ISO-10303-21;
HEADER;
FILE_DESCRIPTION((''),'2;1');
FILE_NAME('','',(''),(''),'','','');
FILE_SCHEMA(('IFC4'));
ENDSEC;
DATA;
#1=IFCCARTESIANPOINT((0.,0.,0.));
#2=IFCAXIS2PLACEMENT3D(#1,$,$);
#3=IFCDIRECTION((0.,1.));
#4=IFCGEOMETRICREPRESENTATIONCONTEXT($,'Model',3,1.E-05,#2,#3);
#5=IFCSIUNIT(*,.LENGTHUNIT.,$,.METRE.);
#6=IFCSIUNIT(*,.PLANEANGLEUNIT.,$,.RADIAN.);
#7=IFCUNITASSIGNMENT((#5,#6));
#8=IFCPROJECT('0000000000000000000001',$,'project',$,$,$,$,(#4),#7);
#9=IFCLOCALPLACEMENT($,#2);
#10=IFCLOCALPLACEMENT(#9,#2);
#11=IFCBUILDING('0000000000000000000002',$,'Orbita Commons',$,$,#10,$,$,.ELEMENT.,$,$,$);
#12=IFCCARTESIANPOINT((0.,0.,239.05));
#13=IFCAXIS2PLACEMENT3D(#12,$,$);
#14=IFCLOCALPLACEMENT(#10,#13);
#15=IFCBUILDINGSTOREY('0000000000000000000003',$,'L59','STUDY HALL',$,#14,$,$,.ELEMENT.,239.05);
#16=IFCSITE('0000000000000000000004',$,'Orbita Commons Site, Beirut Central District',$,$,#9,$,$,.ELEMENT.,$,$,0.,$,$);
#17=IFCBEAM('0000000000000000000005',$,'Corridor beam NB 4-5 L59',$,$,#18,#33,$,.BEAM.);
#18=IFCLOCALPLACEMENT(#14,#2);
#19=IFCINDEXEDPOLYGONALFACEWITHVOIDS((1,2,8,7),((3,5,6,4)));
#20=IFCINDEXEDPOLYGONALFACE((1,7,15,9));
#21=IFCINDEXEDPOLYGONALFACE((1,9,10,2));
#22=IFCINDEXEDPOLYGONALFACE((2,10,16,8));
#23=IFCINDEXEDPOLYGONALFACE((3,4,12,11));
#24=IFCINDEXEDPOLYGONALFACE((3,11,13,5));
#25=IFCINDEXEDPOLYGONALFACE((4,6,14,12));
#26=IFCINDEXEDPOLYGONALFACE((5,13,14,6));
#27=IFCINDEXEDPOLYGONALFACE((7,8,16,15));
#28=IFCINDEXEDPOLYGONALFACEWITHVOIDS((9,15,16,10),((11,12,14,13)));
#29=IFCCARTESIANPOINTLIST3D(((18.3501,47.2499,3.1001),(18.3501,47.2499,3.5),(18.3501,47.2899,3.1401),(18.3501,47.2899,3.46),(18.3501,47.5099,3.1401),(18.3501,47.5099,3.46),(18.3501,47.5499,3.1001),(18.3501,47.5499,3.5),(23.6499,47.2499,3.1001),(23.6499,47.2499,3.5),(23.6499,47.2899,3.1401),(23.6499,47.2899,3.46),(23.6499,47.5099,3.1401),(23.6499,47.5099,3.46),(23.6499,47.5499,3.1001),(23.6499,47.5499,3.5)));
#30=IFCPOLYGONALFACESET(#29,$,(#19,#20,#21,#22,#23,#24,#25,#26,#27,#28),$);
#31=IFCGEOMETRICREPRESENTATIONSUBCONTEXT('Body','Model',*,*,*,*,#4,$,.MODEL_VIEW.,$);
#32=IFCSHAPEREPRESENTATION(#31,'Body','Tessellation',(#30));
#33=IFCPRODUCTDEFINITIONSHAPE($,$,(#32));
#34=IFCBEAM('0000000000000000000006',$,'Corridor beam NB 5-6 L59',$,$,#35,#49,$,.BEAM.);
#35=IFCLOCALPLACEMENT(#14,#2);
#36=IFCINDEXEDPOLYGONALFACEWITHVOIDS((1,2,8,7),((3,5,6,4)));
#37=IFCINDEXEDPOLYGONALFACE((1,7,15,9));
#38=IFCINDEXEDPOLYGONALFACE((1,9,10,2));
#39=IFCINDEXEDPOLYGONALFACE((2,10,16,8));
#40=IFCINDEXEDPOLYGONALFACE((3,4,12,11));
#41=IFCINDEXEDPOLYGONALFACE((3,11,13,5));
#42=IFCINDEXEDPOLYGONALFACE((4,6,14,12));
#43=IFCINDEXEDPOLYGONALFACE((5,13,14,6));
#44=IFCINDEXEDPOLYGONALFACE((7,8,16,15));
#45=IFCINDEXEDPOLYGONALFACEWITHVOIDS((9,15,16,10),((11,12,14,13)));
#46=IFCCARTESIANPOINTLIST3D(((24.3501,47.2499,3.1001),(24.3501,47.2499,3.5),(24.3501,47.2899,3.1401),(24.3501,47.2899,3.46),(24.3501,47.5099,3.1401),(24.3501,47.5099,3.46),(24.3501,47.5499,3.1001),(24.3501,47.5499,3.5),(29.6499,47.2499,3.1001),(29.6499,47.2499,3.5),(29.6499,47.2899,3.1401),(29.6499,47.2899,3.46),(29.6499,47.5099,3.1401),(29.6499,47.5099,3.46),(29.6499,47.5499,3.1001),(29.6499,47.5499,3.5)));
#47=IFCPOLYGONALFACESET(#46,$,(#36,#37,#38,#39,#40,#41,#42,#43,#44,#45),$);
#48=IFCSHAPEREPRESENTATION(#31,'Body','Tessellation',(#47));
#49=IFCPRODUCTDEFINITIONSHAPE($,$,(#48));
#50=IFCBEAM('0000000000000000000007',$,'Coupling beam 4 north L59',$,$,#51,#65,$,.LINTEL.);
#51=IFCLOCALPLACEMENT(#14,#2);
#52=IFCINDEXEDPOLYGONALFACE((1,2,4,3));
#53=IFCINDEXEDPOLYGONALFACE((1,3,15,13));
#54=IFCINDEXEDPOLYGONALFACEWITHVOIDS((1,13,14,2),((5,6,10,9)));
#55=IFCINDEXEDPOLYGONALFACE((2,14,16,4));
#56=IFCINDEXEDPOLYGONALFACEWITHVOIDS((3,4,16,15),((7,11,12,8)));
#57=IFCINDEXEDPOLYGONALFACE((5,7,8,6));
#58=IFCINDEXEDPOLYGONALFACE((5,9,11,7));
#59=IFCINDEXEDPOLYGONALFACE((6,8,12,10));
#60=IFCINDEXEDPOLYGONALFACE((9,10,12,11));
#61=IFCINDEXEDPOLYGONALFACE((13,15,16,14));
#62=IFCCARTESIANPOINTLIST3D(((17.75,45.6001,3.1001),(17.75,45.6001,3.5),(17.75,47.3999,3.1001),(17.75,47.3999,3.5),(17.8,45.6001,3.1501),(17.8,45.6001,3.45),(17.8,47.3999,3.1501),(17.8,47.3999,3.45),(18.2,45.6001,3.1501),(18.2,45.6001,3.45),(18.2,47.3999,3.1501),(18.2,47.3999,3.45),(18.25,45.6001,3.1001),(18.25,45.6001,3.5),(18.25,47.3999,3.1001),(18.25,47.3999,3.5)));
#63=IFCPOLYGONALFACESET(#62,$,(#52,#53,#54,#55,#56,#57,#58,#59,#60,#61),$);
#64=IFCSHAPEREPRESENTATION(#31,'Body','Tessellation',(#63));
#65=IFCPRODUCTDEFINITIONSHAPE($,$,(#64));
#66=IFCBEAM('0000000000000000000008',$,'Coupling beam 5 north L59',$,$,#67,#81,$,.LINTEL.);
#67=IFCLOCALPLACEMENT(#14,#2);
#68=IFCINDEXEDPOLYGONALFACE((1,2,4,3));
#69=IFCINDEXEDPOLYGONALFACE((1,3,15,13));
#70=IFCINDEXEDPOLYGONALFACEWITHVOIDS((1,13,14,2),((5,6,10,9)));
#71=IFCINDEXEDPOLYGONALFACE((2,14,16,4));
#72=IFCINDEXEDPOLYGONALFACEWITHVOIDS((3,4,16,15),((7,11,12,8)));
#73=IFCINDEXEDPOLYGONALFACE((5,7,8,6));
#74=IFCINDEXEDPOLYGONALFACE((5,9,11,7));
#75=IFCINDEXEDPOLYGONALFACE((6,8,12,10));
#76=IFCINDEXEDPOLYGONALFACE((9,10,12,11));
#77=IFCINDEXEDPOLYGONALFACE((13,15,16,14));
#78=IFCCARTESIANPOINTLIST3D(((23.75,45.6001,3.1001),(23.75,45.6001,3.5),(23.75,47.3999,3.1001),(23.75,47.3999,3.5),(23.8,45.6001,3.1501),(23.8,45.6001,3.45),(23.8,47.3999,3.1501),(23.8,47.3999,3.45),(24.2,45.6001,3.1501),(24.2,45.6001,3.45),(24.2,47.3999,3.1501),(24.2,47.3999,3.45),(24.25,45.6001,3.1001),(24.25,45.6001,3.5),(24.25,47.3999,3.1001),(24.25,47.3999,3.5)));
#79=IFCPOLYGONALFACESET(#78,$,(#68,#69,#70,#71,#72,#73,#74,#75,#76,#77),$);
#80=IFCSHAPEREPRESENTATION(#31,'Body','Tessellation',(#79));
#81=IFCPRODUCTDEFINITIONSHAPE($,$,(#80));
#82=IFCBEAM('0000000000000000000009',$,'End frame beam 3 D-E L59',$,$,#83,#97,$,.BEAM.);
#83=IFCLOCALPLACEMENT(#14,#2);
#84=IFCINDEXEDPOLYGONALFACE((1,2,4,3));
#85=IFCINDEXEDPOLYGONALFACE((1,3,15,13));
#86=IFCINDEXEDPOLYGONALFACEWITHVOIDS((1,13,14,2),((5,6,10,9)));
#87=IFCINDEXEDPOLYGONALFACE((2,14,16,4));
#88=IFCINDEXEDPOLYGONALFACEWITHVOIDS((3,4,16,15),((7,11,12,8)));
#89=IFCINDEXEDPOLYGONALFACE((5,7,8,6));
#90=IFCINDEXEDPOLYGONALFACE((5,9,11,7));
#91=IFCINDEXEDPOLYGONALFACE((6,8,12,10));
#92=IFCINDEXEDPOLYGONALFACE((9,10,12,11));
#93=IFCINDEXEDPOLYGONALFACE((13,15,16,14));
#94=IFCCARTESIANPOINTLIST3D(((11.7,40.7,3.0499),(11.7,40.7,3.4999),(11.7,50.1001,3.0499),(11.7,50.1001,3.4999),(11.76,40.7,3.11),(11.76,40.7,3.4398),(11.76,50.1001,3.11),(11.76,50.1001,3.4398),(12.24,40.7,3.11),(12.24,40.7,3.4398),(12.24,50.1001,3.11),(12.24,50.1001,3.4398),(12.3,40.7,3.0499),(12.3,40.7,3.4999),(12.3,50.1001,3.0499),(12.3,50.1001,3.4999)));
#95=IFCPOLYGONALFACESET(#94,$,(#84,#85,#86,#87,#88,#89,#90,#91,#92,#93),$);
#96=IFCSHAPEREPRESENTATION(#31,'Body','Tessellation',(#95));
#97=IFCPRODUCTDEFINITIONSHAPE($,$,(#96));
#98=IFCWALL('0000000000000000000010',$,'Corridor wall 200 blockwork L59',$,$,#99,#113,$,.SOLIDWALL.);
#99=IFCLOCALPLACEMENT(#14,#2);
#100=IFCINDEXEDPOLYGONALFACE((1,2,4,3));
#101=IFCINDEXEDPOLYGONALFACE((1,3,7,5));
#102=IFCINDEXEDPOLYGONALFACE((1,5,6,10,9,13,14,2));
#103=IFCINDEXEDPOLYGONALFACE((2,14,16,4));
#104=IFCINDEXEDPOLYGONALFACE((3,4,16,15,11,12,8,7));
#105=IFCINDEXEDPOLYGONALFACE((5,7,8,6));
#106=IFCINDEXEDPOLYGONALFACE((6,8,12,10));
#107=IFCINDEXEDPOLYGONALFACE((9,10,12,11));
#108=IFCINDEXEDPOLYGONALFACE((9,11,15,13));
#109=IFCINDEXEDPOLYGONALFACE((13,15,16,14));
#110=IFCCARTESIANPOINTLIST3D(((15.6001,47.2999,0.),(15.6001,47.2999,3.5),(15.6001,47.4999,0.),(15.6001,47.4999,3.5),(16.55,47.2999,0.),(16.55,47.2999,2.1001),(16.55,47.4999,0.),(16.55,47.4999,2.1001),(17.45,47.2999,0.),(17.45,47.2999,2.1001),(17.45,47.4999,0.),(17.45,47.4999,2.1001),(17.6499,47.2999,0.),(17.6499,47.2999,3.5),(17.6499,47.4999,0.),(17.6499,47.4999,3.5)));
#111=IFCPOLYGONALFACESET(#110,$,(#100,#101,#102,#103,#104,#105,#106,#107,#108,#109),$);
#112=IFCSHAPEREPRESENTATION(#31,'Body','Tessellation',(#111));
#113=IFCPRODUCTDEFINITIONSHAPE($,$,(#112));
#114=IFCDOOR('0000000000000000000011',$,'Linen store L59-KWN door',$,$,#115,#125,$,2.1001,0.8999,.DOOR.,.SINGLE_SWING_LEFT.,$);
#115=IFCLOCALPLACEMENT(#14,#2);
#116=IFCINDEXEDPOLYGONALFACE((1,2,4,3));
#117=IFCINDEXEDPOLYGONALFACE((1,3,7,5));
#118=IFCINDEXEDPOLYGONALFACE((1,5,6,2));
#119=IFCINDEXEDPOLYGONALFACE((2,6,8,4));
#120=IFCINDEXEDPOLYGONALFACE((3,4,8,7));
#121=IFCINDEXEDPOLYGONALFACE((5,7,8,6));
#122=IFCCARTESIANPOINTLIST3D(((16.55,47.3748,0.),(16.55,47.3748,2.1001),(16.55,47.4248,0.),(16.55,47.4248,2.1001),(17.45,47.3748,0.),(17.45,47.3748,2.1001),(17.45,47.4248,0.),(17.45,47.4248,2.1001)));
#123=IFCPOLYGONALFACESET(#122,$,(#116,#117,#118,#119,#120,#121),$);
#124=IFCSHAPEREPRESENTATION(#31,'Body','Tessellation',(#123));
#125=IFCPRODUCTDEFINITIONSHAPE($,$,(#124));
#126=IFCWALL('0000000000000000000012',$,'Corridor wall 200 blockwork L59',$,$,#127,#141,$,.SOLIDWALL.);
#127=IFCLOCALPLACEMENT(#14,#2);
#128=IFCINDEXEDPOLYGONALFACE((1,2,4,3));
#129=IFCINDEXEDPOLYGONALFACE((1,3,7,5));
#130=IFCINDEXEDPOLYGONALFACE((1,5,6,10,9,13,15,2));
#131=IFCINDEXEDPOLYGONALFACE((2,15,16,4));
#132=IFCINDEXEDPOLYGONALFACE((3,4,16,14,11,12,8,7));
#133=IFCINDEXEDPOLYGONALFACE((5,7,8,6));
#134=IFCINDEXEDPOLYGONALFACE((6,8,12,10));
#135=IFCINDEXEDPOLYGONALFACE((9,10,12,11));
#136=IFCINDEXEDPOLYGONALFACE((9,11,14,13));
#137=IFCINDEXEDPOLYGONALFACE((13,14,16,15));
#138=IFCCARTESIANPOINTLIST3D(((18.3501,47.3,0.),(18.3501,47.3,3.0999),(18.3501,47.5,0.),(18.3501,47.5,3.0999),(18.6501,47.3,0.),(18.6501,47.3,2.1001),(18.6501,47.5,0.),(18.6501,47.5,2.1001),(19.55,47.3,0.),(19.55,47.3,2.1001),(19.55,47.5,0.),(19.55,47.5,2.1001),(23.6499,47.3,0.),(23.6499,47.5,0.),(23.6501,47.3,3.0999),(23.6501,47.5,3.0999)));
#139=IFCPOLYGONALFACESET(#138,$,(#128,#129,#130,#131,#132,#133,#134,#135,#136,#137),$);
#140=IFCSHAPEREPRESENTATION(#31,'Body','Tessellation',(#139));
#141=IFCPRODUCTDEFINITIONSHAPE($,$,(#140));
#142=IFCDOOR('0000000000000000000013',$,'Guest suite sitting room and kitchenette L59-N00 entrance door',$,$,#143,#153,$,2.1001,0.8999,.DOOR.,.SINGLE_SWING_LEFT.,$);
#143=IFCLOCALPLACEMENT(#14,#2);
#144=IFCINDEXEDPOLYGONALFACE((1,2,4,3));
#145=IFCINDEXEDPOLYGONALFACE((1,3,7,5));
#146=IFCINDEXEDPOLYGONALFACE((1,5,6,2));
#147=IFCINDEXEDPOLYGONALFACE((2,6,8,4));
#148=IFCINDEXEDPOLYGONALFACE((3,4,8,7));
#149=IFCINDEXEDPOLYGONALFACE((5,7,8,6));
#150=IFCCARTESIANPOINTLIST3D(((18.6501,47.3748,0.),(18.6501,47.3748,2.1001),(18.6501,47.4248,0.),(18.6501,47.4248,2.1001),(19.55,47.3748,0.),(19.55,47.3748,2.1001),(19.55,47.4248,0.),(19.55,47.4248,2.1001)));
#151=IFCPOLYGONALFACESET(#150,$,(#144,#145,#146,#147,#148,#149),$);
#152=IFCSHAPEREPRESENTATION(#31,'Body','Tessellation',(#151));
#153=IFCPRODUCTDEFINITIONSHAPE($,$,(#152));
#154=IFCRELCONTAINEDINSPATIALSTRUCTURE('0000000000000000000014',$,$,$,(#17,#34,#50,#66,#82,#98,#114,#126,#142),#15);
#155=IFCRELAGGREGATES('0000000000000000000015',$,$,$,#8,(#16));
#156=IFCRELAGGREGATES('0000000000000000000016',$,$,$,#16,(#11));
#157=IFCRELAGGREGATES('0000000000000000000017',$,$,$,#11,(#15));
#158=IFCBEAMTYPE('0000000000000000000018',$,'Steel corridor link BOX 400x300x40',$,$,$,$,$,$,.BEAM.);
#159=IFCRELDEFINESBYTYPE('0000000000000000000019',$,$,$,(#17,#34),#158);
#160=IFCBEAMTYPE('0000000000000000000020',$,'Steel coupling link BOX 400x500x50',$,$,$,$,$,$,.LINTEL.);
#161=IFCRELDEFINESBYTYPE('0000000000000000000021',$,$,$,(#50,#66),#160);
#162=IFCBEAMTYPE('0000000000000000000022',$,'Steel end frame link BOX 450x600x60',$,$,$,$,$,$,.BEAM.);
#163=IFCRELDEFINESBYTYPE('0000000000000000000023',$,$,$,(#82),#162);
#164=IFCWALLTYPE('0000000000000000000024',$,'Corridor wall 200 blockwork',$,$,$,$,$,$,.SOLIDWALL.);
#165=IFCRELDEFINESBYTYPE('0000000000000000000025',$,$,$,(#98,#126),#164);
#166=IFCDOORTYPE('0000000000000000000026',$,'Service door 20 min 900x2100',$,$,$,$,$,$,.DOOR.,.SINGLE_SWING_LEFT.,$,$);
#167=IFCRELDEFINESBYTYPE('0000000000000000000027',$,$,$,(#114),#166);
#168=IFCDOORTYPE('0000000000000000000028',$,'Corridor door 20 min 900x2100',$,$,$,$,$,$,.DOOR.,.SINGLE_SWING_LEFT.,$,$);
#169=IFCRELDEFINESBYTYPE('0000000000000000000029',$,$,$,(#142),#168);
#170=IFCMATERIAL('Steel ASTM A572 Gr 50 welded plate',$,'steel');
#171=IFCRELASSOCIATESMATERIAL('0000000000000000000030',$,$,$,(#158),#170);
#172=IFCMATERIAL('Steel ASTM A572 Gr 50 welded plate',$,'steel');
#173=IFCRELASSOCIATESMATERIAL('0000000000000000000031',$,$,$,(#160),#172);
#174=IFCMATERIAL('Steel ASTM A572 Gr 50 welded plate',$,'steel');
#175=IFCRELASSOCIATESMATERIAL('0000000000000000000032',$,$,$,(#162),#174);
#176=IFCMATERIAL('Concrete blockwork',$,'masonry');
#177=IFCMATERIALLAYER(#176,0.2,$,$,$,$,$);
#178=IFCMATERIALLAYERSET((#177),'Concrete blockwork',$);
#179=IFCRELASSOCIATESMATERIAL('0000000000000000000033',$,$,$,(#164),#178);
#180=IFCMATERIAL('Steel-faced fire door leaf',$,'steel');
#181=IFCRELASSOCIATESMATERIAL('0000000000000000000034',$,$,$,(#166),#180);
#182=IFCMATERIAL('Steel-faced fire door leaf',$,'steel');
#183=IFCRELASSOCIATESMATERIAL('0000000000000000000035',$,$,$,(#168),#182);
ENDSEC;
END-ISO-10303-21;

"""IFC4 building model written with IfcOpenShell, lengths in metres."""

from ifc_helpers import new_model, si_unit, direction, frame, frame_2d, origin, origin_2d, place, context, subcontext, project, spatial, polyline, rectangle, hollow_rectangle, outline, extrude, material, layer, layer_set, material_profile, profile_set, type_object, element, fill, save


model = new_model("IFC4")

# Units and contexts
model_context = context("Model", 3, precision=1e-05, world=origin(), true_north=direction((0.0, 1.0)))
body_context = subcontext(model_context, "Body", "Model", "MODEL_VIEW")
ifc_project = project(units=[si_unit("LENGTHUNIT", "METRE"), si_unit("PLANEANGLEUNIT", "RADIAN")], contexts=[model_context])

# Site, building, storey
site_placement = place(None, origin())
site = spatial("IfcSite", under=ifc_project, at=site_placement, Name="Orbita Commons Site, Beirut Central District", CompositionType="ELEMENT", RefElevation=0.0)
building_placement = place(site_placement, origin())
building = spatial("IfcBuilding", under=site, at=building_placement, Name="Orbita Commons", CompositionType="ELEMENT")
storey_placement = place(building_placement, frame((0.0, 0.0, 239.05)))
storey = spatial("IfcBuildingStorey", under=building, at=storey_placement, Name="L59", Description="STUDY HALL", CompositionType="ELEMENT", Elevation=239.05)

# Beams
ifc_material_1 = material(Name="Steel ASTM A572 Gr 50 welded plate", Category="steel")
ifc_material_profile_1 = material_profile(ifc_material_1, hollow_rectangle(XDim=0.3, YDim=0.3999, WallThickness=0.04, at=origin_2d()), Name="BOX 400x300x40")
ifc_profile_set_1 = profile_set([ifc_material_profile_1], Name="Steel ASTM A572 Gr 50 welded plate")
beam_type_1 = type_object("IfcBeamType", Name="Steel corridor link BOX 400x300x40", PredefinedType="BEAM", material=ifc_profile_set_1)
for number, where, z_axis, x_axis, name in (
    (1, (18.3501, 47.3999, 3.3), (1.0, 0.0, 0.0), (0.0, 1.0, 0.0), "Corridor beam NB 4-5 L59"),
    (2, (24.3501, 47.3999, 3.3), (1.0, 0.0, 0.0), (0.0, 1.0, 0.0), "Corridor beam NB 5-6 L59"),
):
    element("IfcBeam", number, at=place(storey_placement, frame(where, z_axis=z_axis, x_axis=x_axis)), inside=storey, type_object=beam_type_1, Name=name, PredefinedType="BEAM", context=body_context, shape_type="SweptSolid", body=[
        extrude(hollow_rectangle(XDim=0.3, YDim=0.3999, WallThickness=0.04, at=origin_2d()), origin(), (0.0, 0.0, 1.0), 5.2998),
    ])
ifc_material_2 = material(Name="Steel ASTM A572 Gr 50 welded plate", Category="steel")
ifc_material_profile_2 = material_profile(ifc_material_2, hollow_rectangle(XDim=0.5, YDim=0.3999, WallThickness=0.05, at=origin_2d()), Name="BOX 400x500x50")
ifc_profile_set_2 = profile_set([ifc_material_profile_2], Name="Steel ASTM A572 Gr 50 welded plate")
beam_type_2 = type_object("IfcBeamType", Name="Steel coupling link BOX 400x500x50", PredefinedType="LINTEL", material=ifc_profile_set_2)
for number, where, z_axis, x_axis, name in (
    (3, (18.0, 45.6001, 3.3), (0.0, 1.0, 0.0), (-1.0, 0.0, 0.0), "Coupling beam 4 north L59"),
    (4, (24.0, 45.6001, 3.3), (0.0, 1.0, 0.0), (-1.0, 0.0, 0.0), "Coupling beam 5 north L59"),
):
    element("IfcBeam", number, at=place(storey_placement, frame(where, z_axis=z_axis, x_axis=x_axis)), inside=storey, type_object=beam_type_2, Name=name, PredefinedType="LINTEL", context=body_context, shape_type="SweptSolid", body=[
        extrude(hollow_rectangle(XDim=0.5, YDim=0.3999, WallThickness=0.05, at=origin_2d()), origin(), (0.0, 0.0, 1.0), 1.7998),
    ])
ifc_material_3 = material(Name="Steel ASTM A572 Gr 50 welded plate", Category="steel")
ifc_material_profile_3 = material_profile(ifc_material_3, hollow_rectangle(XDim=0.6001, YDim=0.45, WallThickness=0.0601, at=origin_2d()), Name="BOX 450x600x60")
ifc_profile_set_3 = profile_set([ifc_material_profile_3], Name="Steel ASTM A572 Gr 50 welded plate")
beam_type_3 = type_object("IfcBeamType", Name="Steel end frame link BOX 450x600x60", PredefinedType="BEAM", material=ifc_profile_set_3)
beam_placement = place(storey_placement, frame((12.0, 40.7, 3.2749), z_axis=(0.0, 1.0, 0.0), x_axis=(-1.0, 0.0, 0.0)))
element("IfcBeam", 5, at=beam_placement, inside=storey, type_object=beam_type_3, Name="End frame beam 3 D-E L59", PredefinedType="BEAM", context=body_context, shape_type="SweptSolid", body=[
    extrude(hollow_rectangle(XDim=0.6001, YDim=0.45, WallThickness=0.0601, at=origin_2d()), origin(), (0.0, 0.0, 1.0), 9.4001),
])

# Walls, openings, doors
ifc_material_4 = material(Name="Concrete blockwork", Category="masonry")
ifc_layer_1 = layer(ifc_material_4, 0.2)
ifc_layer_set_1 = layer_set([ifc_layer_1], Name="Concrete blockwork")
wall_type_1 = type_object("IfcWallType", Name="Corridor wall 200 blockwork", PredefinedType="SOLIDWALL", material=ifc_layer_set_1)
wall_1_placement = place(storey_placement, frame((15.6001, 47.3999, 0.0), z_axis=(0.0, 0.0, 1.0), x_axis=(1.0, 0.0, 0.0)))
wall_1 = element("IfcWall", 6, at=wall_1_placement, inside=storey, type_object=wall_type_1, Name="Corridor wall 200 blockwork L59", PredefinedType="SOLIDWALL", context=body_context, shape_type="SweptSolid", body=[
    extrude(rectangle(XDim=2.0498, YDim=0.2, at=frame_2d((1.0249, 0.0))), origin(), (0.0, 0.0, 1.0), 3.5),
])
opening_1_placement = place(wall_1_placement, frame((0.95, 0.0, 0.0)))
opening_1 = element("IfcOpeningElement", 7, at=opening_1_placement, cuts=wall_1, PredefinedType="OPENING", context=body_context, shape_type="SweptSolid", body=[
    extrude(rectangle(XDim=0.8999, YDim=2.1001, at=frame_2d((0.45, 1.05))), frame((0.0, 0.1099, 0.0), z_axis=(0.0, -1.0, 0.0), x_axis=(1.0, 0.0, 0.0)), (0.0, 0.0, 1.0), 0.22),
])
ifc_material_5 = material(Name="Steel-faced fire door leaf", Category="steel")
door_type_1 = type_object("IfcDoorType", Name="Service door 20 min 900x2100", OperationType="SINGLE_SWING_LEFT", PredefinedType="DOOR", material=ifc_material_5)
door_1_placement = place(opening_1_placement, origin())
door_1 = element("IfcDoor", 8, at=door_1_placement, inside=storey, type_object=door_type_1, Name="Linen store L59-KWN door", OperationType="SINGLE_SWING_LEFT", OverallHeight=2.1001, OverallWidth=0.8999, PredefinedType="DOOR", context=body_context, shape_type="SweptSolid", body=[
    extrude(rectangle(XDim=0.8999, YDim=2.1001, at=frame_2d((0.45, 1.05))), frame((0.0, 0.0249, 0.0), z_axis=(0.0, -1.0, 0.0), x_axis=(1.0, 0.0, 0.0)), (0.0, 0.0, 1.0), 0.05),
])
fill(opening_1, door_1)
wall_2_placement = place(storey_placement, frame((18.3501, 47.3999, 0.0), z_axis=(0.0, 0.0, 1.0), x_axis=(1.0, 0.0, 0.0)))
wall_2 = element("IfcWall", 9, at=wall_2_placement, inside=storey, type_object=wall_type_1, Name="Corridor wall 200 blockwork L59", PredefinedType="SOLIDWALL", context=body_context, shape_type="SweptSolid", body=[
    extrude(outline(polyline([(0.0, 0.0), (5.2998, 0.0), (5.3, 3.0999), (0.0, 3.0999), (0.0, 0.0)])), frame((0.0, 0.1001, 0.0), z_axis=(0.0, -1.0, 0.0), x_axis=(1.0, 0.0, 0.0)), (0.0, 0.0, 1.0), 0.2),
])
opening_2_placement = place(wall_2_placement, frame((0.3, 0.0, 0.0)))
opening_2 = element("IfcOpeningElement", 10, at=opening_2_placement, cuts=wall_2, PredefinedType="OPENING", context=body_context, shape_type="SweptSolid", body=[
    extrude(rectangle(XDim=0.8999, YDim=2.1001, at=frame_2d((0.45, 1.05))), frame((0.0, 0.1099, 0.0), z_axis=(0.0, -1.0, 0.0), x_axis=(1.0, 0.0, 0.0)), (0.0, 0.0, 1.0), 0.22),
])
ifc_material_6 = material(Name="Steel-faced fire door leaf", Category="steel")
door_type_2 = type_object("IfcDoorType", Name="Corridor door 20 min 900x2100", OperationType="SINGLE_SWING_LEFT", PredefinedType="DOOR", material=ifc_material_6)
door_2_placement = place(opening_2_placement, origin())
door_2 = element("IfcDoor", 11, at=door_2_placement, inside=storey, type_object=door_type_2, Name="Guest suite sitting room and kitchenette L59-N00 entrance door", OperationType="SINGLE_SWING_LEFT", OverallHeight=2.1001, OverallWidth=0.8999, PredefinedType="DOOR", context=body_context, shape_type="SweptSolid", body=[
    extrude(rectangle(XDim=0.8999, YDim=2.1001, at=frame_2d((0.45, 1.05))), frame((0.0, 0.0249, 0.0), z_axis=(0.0, -1.0, 0.0), x_axis=(1.0, 0.0, 0.0)), (0.0, 0.0, 1.0), 0.05),
])
fill(opening_2, door_2)

save(model, "model.ifc")
